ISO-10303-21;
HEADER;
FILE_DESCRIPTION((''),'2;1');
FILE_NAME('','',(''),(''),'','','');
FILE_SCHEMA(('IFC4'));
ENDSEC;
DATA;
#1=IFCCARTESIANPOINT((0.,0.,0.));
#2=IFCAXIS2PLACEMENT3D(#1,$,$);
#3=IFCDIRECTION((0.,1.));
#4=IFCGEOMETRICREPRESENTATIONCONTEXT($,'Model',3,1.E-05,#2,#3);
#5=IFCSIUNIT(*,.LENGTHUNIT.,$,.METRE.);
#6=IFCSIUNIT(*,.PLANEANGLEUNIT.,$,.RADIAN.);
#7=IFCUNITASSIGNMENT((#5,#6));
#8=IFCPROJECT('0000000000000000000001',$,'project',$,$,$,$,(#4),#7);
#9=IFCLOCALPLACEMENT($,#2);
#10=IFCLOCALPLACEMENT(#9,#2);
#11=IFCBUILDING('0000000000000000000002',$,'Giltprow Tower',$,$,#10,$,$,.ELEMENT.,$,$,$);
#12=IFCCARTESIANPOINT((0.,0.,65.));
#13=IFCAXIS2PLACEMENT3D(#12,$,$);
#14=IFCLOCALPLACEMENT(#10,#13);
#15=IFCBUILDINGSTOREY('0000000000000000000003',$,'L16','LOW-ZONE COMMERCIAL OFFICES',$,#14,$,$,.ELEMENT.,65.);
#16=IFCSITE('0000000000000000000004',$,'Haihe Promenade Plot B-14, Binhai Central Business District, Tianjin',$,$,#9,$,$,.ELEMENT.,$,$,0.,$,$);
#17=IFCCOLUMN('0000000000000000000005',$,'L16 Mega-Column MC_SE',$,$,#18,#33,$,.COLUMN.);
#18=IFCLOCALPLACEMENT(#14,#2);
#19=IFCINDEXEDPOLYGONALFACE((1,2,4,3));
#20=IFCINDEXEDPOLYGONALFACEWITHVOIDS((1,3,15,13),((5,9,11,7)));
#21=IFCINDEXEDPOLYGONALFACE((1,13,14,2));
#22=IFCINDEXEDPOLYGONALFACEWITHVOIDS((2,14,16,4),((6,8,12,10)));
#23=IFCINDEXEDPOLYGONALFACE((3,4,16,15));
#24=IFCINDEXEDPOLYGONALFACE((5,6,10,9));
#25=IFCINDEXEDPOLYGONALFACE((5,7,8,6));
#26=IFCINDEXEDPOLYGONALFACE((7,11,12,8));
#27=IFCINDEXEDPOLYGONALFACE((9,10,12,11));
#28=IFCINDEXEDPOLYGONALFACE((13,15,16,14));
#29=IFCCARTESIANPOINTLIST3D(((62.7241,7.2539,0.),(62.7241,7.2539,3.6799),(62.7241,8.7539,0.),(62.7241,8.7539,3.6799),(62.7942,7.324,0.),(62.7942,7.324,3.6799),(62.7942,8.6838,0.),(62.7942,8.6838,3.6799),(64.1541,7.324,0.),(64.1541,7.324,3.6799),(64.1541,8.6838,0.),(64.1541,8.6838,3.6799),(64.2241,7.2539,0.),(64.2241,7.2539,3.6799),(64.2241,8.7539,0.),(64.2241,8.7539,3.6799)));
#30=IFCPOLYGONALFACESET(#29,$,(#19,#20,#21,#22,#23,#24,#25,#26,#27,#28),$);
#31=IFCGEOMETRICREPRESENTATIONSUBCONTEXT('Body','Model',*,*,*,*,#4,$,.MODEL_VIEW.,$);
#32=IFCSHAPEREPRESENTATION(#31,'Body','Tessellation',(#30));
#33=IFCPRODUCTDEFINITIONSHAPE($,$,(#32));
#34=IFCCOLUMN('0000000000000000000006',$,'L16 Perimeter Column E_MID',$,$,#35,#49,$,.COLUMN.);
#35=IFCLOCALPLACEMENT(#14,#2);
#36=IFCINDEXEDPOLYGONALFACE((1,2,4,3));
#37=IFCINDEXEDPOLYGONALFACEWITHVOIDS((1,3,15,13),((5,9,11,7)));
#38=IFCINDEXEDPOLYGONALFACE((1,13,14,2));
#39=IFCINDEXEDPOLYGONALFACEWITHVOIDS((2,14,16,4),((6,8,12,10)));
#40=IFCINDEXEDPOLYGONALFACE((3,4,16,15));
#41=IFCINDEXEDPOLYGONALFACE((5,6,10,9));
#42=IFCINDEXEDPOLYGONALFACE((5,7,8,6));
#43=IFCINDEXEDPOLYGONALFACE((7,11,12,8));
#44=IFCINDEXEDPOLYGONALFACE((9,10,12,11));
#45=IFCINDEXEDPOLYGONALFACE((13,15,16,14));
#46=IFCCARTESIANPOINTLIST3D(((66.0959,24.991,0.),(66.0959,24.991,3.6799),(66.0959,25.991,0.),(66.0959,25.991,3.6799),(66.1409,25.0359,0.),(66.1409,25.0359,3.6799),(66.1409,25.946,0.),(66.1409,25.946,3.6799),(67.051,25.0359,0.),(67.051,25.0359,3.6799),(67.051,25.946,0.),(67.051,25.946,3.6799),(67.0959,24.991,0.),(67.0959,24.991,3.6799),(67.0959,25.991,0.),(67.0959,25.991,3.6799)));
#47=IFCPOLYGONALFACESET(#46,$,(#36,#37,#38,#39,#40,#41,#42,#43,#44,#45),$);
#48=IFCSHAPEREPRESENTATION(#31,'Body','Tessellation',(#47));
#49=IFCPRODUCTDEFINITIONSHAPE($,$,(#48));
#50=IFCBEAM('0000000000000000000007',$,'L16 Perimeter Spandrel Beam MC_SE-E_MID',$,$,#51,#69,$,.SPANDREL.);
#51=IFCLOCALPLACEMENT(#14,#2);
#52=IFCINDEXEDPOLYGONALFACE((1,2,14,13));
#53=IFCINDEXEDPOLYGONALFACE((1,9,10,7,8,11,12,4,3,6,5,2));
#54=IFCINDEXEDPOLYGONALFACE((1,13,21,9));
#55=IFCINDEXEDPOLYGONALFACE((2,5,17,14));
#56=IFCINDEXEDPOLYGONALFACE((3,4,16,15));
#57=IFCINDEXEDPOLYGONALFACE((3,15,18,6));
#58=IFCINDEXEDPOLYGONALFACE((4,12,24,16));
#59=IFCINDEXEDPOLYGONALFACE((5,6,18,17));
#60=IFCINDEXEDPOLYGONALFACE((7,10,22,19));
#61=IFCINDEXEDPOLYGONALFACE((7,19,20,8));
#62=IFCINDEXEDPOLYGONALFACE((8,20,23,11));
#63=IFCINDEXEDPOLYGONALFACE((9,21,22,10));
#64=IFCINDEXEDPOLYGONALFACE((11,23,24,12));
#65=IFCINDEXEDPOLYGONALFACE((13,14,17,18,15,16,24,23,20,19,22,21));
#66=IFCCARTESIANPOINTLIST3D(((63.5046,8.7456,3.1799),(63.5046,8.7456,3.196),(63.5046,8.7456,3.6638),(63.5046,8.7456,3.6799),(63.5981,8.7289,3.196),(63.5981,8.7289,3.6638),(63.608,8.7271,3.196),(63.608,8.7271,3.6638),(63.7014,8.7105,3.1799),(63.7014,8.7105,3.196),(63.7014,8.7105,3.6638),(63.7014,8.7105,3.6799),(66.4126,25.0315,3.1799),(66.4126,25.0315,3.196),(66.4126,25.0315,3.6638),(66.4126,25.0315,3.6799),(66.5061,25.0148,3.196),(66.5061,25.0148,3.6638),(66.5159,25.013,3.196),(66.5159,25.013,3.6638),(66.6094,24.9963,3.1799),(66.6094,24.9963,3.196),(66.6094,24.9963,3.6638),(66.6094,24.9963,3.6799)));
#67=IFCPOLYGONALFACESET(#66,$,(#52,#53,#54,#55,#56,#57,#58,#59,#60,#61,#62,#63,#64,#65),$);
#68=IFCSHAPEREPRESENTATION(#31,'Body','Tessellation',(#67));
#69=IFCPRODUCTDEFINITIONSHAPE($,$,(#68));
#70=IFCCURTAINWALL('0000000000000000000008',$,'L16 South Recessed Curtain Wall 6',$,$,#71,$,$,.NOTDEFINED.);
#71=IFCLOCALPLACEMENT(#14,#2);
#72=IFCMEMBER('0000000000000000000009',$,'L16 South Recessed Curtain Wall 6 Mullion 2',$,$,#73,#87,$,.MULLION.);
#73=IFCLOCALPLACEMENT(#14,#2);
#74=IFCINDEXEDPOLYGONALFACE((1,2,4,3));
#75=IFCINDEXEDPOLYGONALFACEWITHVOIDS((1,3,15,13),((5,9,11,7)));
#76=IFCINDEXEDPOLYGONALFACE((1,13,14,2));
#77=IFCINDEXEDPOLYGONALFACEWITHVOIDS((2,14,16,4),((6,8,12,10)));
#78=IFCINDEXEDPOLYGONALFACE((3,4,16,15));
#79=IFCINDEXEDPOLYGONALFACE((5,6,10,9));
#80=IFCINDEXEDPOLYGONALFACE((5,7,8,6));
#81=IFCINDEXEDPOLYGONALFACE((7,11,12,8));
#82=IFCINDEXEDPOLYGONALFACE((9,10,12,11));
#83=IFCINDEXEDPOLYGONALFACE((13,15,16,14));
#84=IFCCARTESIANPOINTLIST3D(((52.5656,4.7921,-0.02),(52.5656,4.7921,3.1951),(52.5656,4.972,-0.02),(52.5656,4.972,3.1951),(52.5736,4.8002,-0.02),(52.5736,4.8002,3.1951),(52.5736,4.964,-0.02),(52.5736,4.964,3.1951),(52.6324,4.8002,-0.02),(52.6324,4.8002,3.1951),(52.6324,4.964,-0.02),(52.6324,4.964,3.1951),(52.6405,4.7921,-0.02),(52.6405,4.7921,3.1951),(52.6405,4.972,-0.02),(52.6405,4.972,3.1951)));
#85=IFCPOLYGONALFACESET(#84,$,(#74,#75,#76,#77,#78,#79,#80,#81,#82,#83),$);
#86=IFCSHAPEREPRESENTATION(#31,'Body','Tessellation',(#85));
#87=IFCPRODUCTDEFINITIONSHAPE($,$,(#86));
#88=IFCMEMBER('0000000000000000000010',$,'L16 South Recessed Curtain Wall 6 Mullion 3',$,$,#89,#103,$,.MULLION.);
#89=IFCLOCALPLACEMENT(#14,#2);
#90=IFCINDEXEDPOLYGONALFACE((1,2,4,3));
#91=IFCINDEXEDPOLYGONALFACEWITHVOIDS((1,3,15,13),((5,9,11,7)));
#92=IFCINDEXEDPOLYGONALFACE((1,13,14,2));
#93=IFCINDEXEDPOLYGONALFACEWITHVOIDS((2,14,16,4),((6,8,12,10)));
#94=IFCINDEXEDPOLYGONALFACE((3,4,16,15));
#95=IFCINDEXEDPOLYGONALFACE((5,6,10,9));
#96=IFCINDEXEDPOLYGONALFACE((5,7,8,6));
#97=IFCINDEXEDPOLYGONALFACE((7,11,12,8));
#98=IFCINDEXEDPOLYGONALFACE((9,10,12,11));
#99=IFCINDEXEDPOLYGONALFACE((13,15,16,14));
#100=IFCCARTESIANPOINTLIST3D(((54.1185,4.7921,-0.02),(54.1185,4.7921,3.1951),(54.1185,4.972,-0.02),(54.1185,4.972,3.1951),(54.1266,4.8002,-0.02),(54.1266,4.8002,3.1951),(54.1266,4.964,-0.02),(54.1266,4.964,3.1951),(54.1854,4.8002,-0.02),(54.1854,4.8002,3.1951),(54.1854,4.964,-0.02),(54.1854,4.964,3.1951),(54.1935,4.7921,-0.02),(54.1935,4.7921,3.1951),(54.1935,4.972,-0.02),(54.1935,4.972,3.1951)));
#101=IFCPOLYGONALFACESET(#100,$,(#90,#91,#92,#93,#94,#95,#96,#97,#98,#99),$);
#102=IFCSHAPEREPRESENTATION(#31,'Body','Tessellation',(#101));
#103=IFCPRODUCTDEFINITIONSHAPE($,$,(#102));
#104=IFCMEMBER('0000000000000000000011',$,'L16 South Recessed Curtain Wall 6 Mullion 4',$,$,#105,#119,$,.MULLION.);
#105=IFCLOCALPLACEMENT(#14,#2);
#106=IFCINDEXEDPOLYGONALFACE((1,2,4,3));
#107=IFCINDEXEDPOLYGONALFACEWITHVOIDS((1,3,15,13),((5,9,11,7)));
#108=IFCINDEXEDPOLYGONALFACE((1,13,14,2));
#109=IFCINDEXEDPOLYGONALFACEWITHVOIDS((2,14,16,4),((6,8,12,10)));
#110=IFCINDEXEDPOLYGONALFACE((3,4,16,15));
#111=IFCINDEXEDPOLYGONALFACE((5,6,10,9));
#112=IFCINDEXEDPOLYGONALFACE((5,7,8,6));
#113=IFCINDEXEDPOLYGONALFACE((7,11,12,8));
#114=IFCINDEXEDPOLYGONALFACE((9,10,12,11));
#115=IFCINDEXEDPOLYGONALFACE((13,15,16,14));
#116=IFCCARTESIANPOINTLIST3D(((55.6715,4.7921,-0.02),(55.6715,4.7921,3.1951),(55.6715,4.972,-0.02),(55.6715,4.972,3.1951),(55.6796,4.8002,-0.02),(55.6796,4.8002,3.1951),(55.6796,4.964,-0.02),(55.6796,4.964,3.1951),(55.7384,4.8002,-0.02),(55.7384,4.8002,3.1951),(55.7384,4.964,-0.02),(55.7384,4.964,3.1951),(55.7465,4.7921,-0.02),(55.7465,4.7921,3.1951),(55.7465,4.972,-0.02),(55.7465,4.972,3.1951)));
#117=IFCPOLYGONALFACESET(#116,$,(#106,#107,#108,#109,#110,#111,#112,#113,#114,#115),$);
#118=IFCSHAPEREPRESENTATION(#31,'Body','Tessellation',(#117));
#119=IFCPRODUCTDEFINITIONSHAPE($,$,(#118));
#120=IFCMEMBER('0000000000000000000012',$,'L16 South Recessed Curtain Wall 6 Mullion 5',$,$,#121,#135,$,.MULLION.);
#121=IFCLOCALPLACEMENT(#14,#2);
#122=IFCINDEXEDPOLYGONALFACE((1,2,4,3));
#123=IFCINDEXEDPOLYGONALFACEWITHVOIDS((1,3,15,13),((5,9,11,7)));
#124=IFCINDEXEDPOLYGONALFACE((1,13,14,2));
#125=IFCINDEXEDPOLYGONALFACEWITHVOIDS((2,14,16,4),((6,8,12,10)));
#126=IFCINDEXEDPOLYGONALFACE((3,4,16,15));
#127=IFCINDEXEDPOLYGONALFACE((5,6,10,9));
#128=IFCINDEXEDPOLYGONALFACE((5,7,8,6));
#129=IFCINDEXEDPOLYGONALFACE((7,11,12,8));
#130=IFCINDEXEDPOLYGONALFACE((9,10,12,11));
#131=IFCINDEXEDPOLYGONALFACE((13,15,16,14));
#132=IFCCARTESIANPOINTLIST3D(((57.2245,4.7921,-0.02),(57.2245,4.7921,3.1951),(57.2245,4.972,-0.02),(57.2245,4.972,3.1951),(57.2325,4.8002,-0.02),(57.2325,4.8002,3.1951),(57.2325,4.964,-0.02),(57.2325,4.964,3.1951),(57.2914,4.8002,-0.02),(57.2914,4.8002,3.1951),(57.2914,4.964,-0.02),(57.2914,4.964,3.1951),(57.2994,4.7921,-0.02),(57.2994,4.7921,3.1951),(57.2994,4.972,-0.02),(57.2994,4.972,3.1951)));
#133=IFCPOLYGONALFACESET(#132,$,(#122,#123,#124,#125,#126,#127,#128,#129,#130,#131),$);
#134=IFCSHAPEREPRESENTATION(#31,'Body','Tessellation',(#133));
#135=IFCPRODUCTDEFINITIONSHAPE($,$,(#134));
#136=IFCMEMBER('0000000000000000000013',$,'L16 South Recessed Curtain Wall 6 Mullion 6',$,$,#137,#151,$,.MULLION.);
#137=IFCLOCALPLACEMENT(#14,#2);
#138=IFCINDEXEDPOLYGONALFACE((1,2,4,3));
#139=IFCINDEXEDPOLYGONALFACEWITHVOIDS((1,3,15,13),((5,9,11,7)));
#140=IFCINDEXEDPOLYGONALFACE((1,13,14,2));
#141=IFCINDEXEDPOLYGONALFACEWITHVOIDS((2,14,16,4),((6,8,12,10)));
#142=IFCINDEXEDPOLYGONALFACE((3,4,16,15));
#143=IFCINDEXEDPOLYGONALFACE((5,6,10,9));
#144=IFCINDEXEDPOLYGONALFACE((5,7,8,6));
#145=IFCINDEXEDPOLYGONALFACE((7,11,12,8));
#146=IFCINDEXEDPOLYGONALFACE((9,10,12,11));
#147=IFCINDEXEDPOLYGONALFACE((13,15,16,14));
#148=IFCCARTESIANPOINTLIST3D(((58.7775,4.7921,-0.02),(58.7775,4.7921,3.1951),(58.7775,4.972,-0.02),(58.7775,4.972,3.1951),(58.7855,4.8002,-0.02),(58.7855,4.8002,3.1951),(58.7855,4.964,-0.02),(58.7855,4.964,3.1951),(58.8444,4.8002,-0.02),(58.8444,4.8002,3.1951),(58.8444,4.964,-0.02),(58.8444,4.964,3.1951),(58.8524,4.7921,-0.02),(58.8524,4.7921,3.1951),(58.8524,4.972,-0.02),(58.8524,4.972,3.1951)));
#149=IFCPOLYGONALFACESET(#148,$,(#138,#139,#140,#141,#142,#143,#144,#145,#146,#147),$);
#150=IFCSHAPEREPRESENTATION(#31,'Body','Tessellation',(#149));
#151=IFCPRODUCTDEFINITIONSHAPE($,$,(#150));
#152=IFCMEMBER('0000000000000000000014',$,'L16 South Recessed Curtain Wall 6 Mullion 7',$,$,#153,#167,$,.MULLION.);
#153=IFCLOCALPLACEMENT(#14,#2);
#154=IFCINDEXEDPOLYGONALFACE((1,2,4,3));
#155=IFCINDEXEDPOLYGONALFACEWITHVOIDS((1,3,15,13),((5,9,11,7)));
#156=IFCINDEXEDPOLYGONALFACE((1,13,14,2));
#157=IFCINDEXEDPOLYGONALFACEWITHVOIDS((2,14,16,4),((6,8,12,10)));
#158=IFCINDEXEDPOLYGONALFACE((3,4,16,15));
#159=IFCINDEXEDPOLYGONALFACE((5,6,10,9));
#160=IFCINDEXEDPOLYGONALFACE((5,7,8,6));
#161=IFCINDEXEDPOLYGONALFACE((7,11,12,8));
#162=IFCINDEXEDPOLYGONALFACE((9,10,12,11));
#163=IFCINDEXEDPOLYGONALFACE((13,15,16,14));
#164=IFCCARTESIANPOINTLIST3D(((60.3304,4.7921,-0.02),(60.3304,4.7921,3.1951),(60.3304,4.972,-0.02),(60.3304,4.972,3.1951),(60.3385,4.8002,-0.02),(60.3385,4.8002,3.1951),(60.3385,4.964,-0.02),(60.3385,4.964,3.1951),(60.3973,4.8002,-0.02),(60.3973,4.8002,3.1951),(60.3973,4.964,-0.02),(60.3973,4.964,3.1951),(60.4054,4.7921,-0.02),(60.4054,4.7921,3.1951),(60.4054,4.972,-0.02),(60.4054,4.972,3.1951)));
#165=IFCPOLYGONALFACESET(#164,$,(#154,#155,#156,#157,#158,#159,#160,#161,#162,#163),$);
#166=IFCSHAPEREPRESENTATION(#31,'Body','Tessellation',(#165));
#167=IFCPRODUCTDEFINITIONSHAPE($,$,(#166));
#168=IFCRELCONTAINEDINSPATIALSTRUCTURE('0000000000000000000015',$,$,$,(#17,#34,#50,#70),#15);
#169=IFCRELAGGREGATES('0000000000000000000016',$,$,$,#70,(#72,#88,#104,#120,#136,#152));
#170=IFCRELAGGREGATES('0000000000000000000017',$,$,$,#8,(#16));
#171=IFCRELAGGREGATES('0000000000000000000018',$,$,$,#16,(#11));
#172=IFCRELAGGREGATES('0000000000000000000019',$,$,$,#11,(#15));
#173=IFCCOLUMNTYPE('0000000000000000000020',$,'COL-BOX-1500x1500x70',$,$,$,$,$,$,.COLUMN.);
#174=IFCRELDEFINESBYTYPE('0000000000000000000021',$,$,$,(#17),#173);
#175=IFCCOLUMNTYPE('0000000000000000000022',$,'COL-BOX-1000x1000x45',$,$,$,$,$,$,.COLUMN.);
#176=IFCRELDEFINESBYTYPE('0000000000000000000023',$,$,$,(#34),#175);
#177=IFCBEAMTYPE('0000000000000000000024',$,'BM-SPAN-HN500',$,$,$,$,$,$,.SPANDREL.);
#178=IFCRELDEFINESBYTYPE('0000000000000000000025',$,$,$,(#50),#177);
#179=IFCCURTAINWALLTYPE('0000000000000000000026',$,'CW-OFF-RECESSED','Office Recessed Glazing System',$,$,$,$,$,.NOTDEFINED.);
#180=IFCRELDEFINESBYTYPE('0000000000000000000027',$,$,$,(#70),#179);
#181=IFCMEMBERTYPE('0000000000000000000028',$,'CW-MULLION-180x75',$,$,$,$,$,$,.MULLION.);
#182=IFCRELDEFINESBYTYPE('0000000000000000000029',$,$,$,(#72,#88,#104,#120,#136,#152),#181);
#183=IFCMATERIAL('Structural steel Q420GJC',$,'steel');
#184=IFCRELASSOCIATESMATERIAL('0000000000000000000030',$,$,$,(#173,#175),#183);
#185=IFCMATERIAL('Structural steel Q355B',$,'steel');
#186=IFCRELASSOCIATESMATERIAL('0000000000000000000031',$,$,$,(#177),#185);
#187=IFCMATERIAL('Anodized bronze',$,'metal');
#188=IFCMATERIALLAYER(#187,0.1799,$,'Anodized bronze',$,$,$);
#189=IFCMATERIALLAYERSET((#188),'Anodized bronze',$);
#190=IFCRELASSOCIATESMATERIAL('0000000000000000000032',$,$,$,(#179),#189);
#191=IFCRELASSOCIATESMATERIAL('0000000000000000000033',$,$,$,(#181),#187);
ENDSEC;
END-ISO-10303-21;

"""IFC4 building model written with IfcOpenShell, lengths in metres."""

from ifc_helpers import new_model, si_unit, direction, frame, origin, origin_2d, place, context, subcontext, project, spatial, hollow_rectangle, i_section, extrude, source, transform, mapped, material, layer, layer_set, material_profile, profile_set, type_object, element, aggregate, save


model = new_model("IFC4")

# Units and contexts
model_context = context("Model", 3, precision=1e-05, world=origin(), true_north=direction((0.0, 1.0)))
body_context = subcontext(model_context, "Body", "Model", "MODEL_VIEW")
ifc_project = project(units=[si_unit("LENGTHUNIT", "METRE"), si_unit("PLANEANGLEUNIT", "RADIAN")], contexts=[model_context])

# Site, building, storey
site_placement = place(None, origin())
site = spatial("IfcSite", under=ifc_project, at=site_placement, Name="Haihe Promenade Plot B-14, Binhai Central Business District, Tianjin", CompositionType="ELEMENT", RefElevation=0.0)
building_placement = place(site_placement, origin())
building = spatial("IfcBuilding", under=site, at=building_placement, Name="Giltprow Tower", CompositionType="ELEMENT")
storey_placement = place(building_placement, frame((0.0, 0.0, 65.0)))
storey = spatial("IfcBuildingStorey", under=building, at=storey_placement, Name="L16", Description="LOW-ZONE COMMERCIAL OFFICES", CompositionType="ELEMENT", Elevation=65.0)

# Columns
ifc_material_1 = material(Name="Structural steel Q420GJC", Category="steel")
ifc_material_profile_1 = material_profile(ifc_material_1, hollow_rectangle(XDim=1.5, YDim=1.5, WallThickness=0.0701, at=origin_2d()), Name="BOX 1500x1500x70")
ifc_profile_set_1 = profile_set([ifc_material_profile_1], Name="Structural steel Q420GJC")
column_type_1 = type_object("IfcColumnType", Name="COL-BOX-1500x1500x70", PredefinedType="COLUMN", material=ifc_profile_set_1)
shared_shape_1 = source(origin(), body_context, "Body", "SweptSolid", [
    extrude(hollow_rectangle(XDim=1.5, YDim=1.5, WallThickness=0.0701, at=origin_2d()), origin(), (0.0, 0.0, 1.0), 3.6799),
])
column_1_placement = place(storey_placement, frame((63.4741, 8.0039, 0.0), z_axis=(0.0, 0.0, 1.0), x_axis=(1.0, 0.0, 0.0)))
element("IfcColumn", 1, at=column_1_placement, inside=storey, type_object=column_type_1, Name="L16 Mega-Column MC_SE", PredefinedType="COLUMN", context=body_context, shape_type="MappedRepresentation", body=[
    mapped(shared_shape_1, transform((0.0, 0.0, 0.0), x_axis=(1.0, 0.0, 0.0), y_axis=(0.0, 1.0, 0.0), z_axis=(0.0, 0.0, 1.0), scale=1.0)),
])
ifc_material_profile_2 = material_profile(ifc_material_1, hollow_rectangle(XDim=1.0, YDim=1.0, WallThickness=0.0449, at=origin_2d()), Name="BOX 1000x1000x45")
ifc_profile_set_2 = profile_set([ifc_material_profile_2], Name="Structural steel Q420GJC")
column_type_2 = type_object("IfcColumnType", Name="COL-BOX-1000x1000x45", PredefinedType="COLUMN", material=ifc_profile_set_2)
shared_shape_2 = source(origin(), body_context, "Body", "SweptSolid", [
    extrude(hollow_rectangle(XDim=1.0, YDim=1.0, WallThickness=0.0449, at=origin_2d()), origin(), (0.0, 0.0, 1.0), 3.6799),
])
column_2_placement = place(storey_placement, frame((66.5959, 25.491, 0.0), z_axis=(0.0, 0.0, 1.0), x_axis=(1.0, 0.0, 0.0)))
element("IfcColumn", 2, at=column_2_placement, inside=storey, type_object=column_type_2, Name="L16 Perimeter Column E_MID", PredefinedType="COLUMN", context=body_context, shape_type="MappedRepresentation", body=[
    mapped(shared_shape_2, transform((0.0, 0.0, 0.0), x_axis=(1.0, 0.0, 0.0), y_axis=(0.0, 1.0, 0.0), z_axis=(0.0, 0.0, 1.0), scale=1.0)),
])

# Beam
ifc_material_2 = material(Name="Structural steel Q355B", Category="steel")
ifc_material_profile_3 = material_profile(ifc_material_2, i_section(OverallWidth=0.2, OverallDepth=0.5, WebThickness=0.01, FlangeThickness=0.0161, at=origin_2d()), Name="HN 500x200x10x16")
ifc_profile_set_3 = profile_set([ifc_material_profile_3], Name="Structural steel Q355B")
beam_type = type_object("IfcBeamType", Name="BM-SPAN-HN500", PredefinedType="SPANDREL", material=ifc_profile_set_3)
shared_shape_3 = source(origin(), body_context, "Body", "SweptSolid", [
    extrude(i_section(OverallWidth=0.2, OverallDepth=0.5, WebThickness=0.01, FlangeThickness=0.0161, at=origin_2d()), origin(), (0.0, 0.0, 1.0), 16.5435),
])
beam_placement = place(storey_placement, frame((63.603, 8.728, 3.4299), z_axis=(0.175777, 0.98443, 0.0), x_axis=(-0.98443, 0.175777, 0.0)))
element("IfcBeam", 3, at=beam_placement, inside=storey, type_object=beam_type, Name="L16 Perimeter Spandrel Beam MC_SE-E_MID", PredefinedType="SPANDREL", context=body_context, shape_type="MappedRepresentation", body=[
    mapped(shared_shape_3, transform((0.0, 0.0, 0.0), x_axis=(1.0, 0.0, 0.0), y_axis=(0.0, 1.0, 0.0), z_axis=(0.0, 0.0, 1.0), scale=1.0)),
])

# Curtain wall, members
ifc_material_3 = material(Name="Anodized bronze", Category="metal")
ifc_layer_1 = layer(ifc_material_3, 0.1799, Name="Anodized bronze")
ifc_layer_set_1 = layer_set([ifc_layer_1], Name="Anodized bronze")
curtain_wall_type = type_object("IfcCurtainWallType", Name="CW-OFF-RECESSED", Description="Office Recessed Glazing System", PredefinedType="NOTDEFINED", material=ifc_layer_set_1)
curtain_wall_placement = place(storey_placement, origin())
curtain_wall = element("IfcCurtainWall", 4, at=curtain_wall_placement, inside=storey, type_object=curtain_wall_type, Name="L16 South Recessed Curtain Wall 6", PredefinedType="NOTDEFINED")
ifc_material_profile_4 = material_profile(ifc_material_3, hollow_rectangle(XDim=0.075, YDim=0.1799, WallThickness=0.0081, at=origin_2d()), Name="RHS 180x75x8")
ifc_profile_set_4 = profile_set([ifc_material_profile_4], Name="Anodized bronze")
member_type = type_object("IfcMemberType", Name="CW-MULLION-180x75", PredefinedType="MULLION", material=ifc_profile_set_4)
shared_shape_4 = source(origin(), body_context, "Body", "SweptSolid", [
    extrude(hollow_rectangle(XDim=0.075, YDim=0.1799, WallThickness=0.0081, at=origin_2d()), origin(), (0.0, 0.0, 1.0), 3.2151),
])
member_1_placement = place(storey_placement, frame((52.603, 4.8821, -0.02), z_axis=(0.0, 0.0, 1.0), x_axis=(1.0, 0.0, 0.0)))
member_1 = element("IfcMember", 5, at=member_1_placement, type_object=member_type, Name="L16 South Recessed Curtain Wall 6 Mullion 2", PredefinedType="MULLION", context=body_context, shape_type="MappedRepresentation", body=[
    mapped(shared_shape_4, transform((0.0, 0.0, 0.0), x_axis=(1.0, 0.0, 0.0), y_axis=(0.0, 1.0, 0.0), z_axis=(0.0, 0.0, 1.0), scale=1.0)),
])
member_2_placement = place(storey_placement, frame((54.156, 4.8821, -0.02), z_axis=(0.0, 0.0, 1.0), x_axis=(1.0, 0.0, 0.0)))
member_2 = element("IfcMember", 6, at=member_2_placement, type_object=member_type, Name="L16 South Recessed Curtain Wall 6 Mullion 3", PredefinedType="MULLION", context=body_context, shape_type="MappedRepresentation", body=[
    mapped(shared_shape_4, transform((0.0, 0.0, 0.0), x_axis=(1.0, 0.0, 0.0), y_axis=(0.0, 1.0, 0.0), z_axis=(0.0, 0.0, 1.0), scale=1.0)),
])
member_3_placement = place(storey_placement, frame((55.709, 4.8821, -0.02), z_axis=(0.0, 0.0, 1.0), x_axis=(1.0, 0.0, 0.0)))
member_3 = element("IfcMember", 7, at=member_3_placement, type_object=member_type, Name="L16 South Recessed Curtain Wall 6 Mullion 4", PredefinedType="MULLION", context=body_context, shape_type="MappedRepresentation", body=[
    mapped(shared_shape_4, transform((0.0, 0.0, 0.0), x_axis=(1.0, 0.0, 0.0), y_axis=(0.0, 1.0, 0.0), z_axis=(0.0, 0.0, 1.0), scale=1.0)),
])
member_4_placement = place(storey_placement, frame((57.262, 4.8821, -0.02), z_axis=(0.0, 0.0, 1.0), x_axis=(1.0, 0.0, 0.0)))
member_4 = element("IfcMember", 8, at=member_4_placement, type_object=member_type, Name="L16 South Recessed Curtain Wall 6 Mullion 5", PredefinedType="MULLION", context=body_context, shape_type="MappedRepresentation", body=[
    mapped(shared_shape_4, transform((0.0, 0.0, 0.0), x_axis=(1.0, 0.0, 0.0), y_axis=(0.0, 1.0, 0.0), z_axis=(0.0, 0.0, 1.0), scale=1.0)),
])
member_5_placement = place(storey_placement, frame((58.8149, 4.8821, -0.02), z_axis=(0.0, 0.0, 1.0), x_axis=(1.0, 0.0, 0.0)))
member_5 = element("IfcMember", 9, at=member_5_placement, type_object=member_type, Name="L16 South Recessed Curtain Wall 6 Mullion 6", PredefinedType="MULLION", context=body_context, shape_type="MappedRepresentation", body=[
    mapped(shared_shape_4, transform((0.0, 0.0, 0.0), x_axis=(1.0, 0.0, 0.0), y_axis=(0.0, 1.0, 0.0), z_axis=(0.0, 0.0, 1.0), scale=1.0)),
])
member_6_placement = place(storey_placement, frame((60.3679, 4.8821, -0.02), z_axis=(0.0, 0.0, 1.0), x_axis=(1.0, 0.0, 0.0)))
member_6 = element("IfcMember", 10, at=member_6_placement, type_object=member_type, Name="L16 South Recessed Curtain Wall 6 Mullion 7", PredefinedType="MULLION", context=body_context, shape_type="MappedRepresentation", body=[
    mapped(shared_shape_4, transform((0.0, 0.0, 0.0), x_axis=(1.0, 0.0, 0.0), y_axis=(0.0, 1.0, 0.0), z_axis=(0.0, 0.0, 1.0), scale=1.0)),
])
aggregate(curtain_wall, [member_1, member_2, member_3, member_4, member_5, member_6])

save(model, "model.ifc")
